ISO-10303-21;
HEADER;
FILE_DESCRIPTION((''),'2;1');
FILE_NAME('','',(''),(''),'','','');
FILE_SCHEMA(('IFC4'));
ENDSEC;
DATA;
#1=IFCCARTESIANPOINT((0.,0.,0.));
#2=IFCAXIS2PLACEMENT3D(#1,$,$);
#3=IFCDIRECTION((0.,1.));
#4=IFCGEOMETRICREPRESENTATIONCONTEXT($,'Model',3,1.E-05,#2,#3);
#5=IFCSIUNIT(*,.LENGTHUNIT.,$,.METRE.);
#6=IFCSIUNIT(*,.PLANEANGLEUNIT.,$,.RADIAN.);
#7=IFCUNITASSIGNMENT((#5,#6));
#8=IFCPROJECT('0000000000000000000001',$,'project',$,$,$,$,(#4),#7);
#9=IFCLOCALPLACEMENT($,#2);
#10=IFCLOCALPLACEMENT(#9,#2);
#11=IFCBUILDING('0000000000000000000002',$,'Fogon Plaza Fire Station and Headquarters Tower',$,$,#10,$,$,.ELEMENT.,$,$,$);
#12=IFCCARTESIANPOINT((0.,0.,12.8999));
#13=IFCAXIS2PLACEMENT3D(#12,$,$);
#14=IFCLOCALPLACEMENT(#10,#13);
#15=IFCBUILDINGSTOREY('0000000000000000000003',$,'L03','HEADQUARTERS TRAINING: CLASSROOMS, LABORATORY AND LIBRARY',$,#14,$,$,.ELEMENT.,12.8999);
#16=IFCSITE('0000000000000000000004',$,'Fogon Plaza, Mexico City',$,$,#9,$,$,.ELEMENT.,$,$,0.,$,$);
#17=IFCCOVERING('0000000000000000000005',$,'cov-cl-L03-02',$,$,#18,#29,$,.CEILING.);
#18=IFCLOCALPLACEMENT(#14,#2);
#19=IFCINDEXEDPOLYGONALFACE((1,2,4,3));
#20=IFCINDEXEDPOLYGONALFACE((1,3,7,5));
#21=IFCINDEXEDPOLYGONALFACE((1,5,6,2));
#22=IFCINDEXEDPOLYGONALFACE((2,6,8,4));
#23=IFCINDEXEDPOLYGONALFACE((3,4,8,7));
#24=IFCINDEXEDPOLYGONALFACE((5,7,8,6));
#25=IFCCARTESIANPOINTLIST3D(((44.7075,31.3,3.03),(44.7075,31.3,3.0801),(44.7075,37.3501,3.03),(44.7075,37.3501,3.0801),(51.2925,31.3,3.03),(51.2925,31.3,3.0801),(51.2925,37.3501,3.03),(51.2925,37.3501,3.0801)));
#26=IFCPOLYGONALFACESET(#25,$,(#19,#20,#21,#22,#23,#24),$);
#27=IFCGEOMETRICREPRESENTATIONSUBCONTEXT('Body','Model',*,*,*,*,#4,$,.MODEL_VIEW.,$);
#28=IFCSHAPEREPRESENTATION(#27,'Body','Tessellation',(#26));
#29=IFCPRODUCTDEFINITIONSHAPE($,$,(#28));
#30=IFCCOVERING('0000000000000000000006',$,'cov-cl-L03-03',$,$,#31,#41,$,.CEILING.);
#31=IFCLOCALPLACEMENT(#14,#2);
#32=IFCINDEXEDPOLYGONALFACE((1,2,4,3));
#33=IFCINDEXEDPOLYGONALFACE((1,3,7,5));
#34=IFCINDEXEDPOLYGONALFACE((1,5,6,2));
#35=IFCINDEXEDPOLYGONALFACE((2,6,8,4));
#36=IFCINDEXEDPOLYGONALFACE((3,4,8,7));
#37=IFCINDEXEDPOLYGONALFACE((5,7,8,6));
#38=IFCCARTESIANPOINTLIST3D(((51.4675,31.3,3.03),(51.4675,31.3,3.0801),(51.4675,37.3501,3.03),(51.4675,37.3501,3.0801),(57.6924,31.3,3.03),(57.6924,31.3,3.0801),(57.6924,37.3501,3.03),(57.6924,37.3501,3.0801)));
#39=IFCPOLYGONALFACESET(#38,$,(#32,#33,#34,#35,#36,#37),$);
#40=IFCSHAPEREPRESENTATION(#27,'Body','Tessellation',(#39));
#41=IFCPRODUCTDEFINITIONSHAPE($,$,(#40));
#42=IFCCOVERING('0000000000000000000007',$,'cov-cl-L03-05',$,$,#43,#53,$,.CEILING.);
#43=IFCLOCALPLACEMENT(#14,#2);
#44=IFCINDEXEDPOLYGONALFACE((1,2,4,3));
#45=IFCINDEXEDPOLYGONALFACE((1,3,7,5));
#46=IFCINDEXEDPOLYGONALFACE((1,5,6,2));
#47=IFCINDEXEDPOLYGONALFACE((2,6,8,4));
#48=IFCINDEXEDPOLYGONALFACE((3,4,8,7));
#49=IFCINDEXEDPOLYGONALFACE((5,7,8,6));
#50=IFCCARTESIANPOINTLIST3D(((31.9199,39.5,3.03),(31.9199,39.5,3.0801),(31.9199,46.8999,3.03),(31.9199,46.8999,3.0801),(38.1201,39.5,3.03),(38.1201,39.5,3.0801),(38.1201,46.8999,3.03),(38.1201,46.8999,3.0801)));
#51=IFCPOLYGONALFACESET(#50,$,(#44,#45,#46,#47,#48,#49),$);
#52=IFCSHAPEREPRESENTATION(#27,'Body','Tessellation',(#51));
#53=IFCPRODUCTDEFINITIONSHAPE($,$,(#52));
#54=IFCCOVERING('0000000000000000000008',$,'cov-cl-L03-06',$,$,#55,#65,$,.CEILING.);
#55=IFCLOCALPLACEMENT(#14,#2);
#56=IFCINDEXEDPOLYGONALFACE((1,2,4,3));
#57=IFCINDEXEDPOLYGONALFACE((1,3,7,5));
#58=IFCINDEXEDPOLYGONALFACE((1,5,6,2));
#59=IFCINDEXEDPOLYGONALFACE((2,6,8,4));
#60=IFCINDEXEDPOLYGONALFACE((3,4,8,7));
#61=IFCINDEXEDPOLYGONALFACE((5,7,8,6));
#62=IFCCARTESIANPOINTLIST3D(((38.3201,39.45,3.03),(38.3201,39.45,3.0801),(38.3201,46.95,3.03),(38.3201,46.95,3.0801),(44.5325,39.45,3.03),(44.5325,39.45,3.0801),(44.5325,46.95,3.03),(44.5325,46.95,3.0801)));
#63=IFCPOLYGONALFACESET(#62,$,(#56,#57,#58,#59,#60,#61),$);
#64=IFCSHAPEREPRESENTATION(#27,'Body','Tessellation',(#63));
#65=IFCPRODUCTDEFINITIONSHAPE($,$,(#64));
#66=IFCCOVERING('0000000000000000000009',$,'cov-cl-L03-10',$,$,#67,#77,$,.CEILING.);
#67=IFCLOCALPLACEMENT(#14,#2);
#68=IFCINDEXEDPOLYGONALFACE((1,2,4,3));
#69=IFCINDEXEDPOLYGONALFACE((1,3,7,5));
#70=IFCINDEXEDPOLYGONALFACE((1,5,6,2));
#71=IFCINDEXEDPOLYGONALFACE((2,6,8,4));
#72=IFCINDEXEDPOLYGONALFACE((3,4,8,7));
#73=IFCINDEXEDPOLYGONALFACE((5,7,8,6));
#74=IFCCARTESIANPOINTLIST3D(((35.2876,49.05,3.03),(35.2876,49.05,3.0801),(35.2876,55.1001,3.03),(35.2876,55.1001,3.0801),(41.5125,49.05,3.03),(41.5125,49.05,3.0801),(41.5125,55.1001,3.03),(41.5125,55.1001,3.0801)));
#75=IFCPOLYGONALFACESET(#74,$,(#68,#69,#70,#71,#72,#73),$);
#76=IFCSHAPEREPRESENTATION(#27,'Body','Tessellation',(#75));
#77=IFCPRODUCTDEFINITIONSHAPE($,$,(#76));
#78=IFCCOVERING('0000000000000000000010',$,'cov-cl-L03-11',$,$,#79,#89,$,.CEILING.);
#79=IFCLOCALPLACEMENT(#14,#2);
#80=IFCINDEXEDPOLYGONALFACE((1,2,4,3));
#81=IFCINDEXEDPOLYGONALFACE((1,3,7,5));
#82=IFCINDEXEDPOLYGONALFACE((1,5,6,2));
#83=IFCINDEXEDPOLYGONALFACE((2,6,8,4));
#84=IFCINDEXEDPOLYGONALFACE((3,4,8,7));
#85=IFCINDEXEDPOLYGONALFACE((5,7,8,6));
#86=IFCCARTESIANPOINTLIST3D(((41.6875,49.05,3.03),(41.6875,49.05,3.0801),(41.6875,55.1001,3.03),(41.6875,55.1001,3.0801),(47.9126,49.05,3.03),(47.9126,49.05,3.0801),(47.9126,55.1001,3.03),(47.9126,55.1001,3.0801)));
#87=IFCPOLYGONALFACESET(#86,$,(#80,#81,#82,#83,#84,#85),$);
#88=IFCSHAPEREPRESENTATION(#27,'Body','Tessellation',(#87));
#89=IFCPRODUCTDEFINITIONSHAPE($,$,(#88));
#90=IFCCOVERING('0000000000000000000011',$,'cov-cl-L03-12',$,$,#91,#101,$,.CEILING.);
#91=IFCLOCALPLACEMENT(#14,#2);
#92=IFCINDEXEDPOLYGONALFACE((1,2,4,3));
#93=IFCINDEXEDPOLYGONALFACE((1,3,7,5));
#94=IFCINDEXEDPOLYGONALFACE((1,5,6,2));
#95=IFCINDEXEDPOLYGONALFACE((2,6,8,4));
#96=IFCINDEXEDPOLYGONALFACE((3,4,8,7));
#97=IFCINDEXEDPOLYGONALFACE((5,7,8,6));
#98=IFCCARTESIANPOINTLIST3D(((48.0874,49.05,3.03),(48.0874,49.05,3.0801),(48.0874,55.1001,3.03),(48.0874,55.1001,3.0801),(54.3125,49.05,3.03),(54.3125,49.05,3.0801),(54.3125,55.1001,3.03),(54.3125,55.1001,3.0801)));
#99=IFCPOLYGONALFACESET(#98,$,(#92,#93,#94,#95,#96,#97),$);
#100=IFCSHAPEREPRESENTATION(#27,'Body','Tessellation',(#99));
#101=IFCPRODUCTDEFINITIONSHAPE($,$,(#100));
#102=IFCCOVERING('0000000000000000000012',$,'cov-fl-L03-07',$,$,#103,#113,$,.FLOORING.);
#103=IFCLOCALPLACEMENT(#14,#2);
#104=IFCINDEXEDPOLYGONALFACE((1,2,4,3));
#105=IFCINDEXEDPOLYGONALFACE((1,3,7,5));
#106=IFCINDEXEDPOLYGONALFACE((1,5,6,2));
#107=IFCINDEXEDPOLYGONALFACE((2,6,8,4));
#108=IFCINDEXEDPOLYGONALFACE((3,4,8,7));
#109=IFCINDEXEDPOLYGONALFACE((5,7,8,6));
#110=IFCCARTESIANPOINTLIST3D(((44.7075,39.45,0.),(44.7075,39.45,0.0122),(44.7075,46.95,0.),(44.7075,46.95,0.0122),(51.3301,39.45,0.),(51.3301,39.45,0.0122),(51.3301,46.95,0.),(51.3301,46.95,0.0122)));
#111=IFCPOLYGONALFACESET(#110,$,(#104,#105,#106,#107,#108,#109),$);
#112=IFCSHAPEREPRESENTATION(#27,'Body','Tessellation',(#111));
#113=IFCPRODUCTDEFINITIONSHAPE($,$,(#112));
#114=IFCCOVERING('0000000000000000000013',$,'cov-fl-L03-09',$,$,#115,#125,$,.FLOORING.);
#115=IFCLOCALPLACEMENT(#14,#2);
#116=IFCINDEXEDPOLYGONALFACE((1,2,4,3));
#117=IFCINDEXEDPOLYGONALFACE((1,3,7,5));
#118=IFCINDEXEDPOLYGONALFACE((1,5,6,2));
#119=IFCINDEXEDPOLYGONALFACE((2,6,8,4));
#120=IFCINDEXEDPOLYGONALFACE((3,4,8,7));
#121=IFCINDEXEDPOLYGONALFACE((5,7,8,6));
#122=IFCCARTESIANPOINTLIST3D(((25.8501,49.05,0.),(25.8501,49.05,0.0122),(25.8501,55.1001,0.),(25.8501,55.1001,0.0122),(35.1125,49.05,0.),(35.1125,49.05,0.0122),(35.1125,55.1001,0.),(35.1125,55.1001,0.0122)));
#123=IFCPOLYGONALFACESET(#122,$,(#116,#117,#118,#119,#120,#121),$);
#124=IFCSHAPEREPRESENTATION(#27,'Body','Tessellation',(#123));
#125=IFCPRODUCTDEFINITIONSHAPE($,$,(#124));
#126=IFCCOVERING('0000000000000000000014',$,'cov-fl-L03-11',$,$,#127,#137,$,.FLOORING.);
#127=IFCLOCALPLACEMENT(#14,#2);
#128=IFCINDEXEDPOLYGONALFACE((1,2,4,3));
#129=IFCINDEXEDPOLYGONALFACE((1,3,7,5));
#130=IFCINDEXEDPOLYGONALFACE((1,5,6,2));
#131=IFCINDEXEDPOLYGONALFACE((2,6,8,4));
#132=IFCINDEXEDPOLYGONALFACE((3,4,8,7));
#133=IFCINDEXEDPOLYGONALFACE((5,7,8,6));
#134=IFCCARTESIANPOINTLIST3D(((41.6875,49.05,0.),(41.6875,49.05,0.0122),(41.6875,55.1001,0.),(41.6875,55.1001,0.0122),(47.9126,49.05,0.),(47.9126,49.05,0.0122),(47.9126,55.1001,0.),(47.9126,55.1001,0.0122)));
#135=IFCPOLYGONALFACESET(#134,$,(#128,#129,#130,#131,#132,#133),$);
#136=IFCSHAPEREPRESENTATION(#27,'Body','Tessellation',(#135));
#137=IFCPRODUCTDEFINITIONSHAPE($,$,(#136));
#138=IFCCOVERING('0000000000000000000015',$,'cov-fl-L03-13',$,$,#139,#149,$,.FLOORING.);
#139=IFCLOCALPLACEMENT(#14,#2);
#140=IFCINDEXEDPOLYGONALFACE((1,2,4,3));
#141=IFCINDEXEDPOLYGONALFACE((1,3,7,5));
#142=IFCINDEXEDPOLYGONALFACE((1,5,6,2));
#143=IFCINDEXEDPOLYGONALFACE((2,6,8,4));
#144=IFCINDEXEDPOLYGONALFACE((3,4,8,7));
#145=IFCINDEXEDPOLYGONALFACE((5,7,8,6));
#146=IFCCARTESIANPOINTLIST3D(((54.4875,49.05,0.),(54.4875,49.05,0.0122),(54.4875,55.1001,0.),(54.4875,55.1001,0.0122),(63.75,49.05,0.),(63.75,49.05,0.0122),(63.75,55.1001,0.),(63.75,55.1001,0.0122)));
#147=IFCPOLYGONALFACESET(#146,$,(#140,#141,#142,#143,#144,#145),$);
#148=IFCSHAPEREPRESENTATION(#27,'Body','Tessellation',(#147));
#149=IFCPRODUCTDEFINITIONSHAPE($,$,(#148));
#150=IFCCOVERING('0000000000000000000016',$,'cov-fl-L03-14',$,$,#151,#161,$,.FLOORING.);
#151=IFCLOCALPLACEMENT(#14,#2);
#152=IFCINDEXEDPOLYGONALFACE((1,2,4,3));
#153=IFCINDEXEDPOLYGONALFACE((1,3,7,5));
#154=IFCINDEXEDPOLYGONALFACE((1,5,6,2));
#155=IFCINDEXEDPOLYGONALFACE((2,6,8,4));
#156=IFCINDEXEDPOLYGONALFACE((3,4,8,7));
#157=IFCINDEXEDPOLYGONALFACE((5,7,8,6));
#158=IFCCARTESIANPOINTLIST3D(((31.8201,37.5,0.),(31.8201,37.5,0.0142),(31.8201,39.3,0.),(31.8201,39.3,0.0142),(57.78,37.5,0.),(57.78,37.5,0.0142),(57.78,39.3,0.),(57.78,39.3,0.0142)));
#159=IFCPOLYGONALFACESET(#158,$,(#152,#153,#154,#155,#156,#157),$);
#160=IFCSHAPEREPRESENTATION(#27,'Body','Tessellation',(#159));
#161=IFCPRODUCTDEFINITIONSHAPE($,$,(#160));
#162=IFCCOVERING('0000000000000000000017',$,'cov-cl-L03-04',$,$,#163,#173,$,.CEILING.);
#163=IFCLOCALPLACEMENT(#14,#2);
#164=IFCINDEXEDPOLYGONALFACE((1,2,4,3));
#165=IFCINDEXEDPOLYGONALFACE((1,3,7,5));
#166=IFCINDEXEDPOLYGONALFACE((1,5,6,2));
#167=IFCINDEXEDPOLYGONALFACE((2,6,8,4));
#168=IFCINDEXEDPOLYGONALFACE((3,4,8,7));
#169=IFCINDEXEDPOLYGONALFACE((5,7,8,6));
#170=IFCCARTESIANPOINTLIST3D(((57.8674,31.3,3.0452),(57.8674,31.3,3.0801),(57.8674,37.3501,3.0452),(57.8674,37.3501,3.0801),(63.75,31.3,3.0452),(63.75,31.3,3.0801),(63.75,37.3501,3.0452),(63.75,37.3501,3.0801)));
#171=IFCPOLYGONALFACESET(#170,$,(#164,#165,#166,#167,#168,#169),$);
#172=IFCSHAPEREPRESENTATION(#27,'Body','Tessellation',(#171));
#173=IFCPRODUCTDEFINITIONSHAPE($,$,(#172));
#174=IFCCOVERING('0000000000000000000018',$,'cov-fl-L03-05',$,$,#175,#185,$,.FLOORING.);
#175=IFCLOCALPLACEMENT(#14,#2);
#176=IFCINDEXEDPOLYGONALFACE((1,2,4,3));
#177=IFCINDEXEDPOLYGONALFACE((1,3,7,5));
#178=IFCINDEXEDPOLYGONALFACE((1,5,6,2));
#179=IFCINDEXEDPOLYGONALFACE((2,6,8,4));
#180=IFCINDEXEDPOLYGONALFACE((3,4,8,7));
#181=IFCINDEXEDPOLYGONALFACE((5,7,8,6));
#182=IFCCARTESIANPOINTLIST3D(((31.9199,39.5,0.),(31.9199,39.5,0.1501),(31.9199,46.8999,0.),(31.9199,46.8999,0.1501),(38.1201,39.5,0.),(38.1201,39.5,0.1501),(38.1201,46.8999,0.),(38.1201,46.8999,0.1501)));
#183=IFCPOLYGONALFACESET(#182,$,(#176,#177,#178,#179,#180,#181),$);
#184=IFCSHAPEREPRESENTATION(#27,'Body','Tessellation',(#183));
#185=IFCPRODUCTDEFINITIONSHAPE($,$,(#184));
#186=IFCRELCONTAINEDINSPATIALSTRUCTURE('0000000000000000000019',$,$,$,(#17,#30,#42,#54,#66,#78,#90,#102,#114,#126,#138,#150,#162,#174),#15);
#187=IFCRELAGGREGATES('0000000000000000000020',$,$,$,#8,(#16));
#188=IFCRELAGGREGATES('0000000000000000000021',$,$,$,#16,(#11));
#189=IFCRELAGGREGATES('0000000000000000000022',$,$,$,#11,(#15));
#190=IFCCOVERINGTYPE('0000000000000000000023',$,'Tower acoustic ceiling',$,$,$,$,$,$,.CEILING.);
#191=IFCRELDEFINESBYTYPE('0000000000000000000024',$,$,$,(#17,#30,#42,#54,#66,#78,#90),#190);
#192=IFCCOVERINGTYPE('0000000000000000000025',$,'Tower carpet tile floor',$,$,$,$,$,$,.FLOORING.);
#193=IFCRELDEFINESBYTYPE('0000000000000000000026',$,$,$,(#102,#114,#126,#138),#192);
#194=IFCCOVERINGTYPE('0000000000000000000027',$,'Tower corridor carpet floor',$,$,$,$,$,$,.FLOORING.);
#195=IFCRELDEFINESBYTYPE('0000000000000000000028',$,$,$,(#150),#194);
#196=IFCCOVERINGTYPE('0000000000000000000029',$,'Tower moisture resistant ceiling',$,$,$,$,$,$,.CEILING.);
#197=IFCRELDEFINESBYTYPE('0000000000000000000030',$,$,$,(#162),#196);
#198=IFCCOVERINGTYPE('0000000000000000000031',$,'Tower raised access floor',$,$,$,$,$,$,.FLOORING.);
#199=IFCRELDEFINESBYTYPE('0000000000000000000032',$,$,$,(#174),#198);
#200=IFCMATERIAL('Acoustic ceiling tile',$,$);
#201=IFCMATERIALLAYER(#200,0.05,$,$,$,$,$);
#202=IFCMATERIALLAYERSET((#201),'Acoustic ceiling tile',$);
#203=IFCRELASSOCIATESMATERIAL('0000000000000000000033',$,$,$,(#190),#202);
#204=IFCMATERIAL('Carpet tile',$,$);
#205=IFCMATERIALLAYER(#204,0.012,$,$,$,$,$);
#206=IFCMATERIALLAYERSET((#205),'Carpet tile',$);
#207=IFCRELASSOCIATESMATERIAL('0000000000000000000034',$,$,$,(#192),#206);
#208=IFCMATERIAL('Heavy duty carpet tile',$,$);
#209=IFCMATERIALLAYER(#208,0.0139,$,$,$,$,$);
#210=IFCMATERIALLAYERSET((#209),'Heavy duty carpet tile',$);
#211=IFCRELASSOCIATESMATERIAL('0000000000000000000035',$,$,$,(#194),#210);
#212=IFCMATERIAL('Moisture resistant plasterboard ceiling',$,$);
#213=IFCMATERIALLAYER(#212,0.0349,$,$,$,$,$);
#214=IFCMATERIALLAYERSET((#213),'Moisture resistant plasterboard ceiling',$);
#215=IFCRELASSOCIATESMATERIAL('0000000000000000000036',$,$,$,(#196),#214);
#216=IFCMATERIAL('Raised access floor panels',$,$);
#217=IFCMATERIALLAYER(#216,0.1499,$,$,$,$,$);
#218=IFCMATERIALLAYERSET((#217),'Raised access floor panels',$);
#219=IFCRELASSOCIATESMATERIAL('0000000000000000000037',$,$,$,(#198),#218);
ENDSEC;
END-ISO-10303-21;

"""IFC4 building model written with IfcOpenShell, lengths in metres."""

from ifc_helpers import new_model, si_unit, direction, frame, origin, place, context, subcontext, project, spatial, polyline, outline, extrude, material, layer, layer_set, type_object, element, save


model = new_model("IFC4")

# Units and contexts
model_context = context("Model", 3, precision=1e-05, world=origin(), true_north=direction((0.0, 1.0)))
body_context = subcontext(model_context, "Body", "Model", "MODEL_VIEW")
ifc_project = project(units=[si_unit("LENGTHUNIT", "METRE"), si_unit("PLANEANGLEUNIT", "RADIAN")], contexts=[model_context])

# Site, building, storey
site_placement = place(None, origin())
site = spatial("IfcSite", under=ifc_project, at=site_placement, Name="Fogon Plaza, Mexico City", CompositionType="ELEMENT", RefElevation=0.0)
building_placement = place(site_placement, origin())
building = spatial("IfcBuilding", under=site, at=building_placement, Name="Fogon Plaza Fire Station and Headquarters Tower", CompositionType="ELEMENT")
storey_placement = place(building_placement, frame((0.0, 0.0, 12.8999)))
storey = spatial("IfcBuildingStorey", under=building, at=storey_placement, Name="L03", Description="HEADQUARTERS TRAINING: CLASSROOMS, LABORATORY AND LIBRARY", CompositionType="ELEMENT", Elevation=12.8999)

# Coverings
ifc_material_1 = material(Name="Acoustic ceiling tile")
ifc_layer_1 = layer(ifc_material_1, 0.05)
ifc_layer_set_1 = layer_set([ifc_layer_1], Name="Acoustic ceiling tile")
covering_type_1 = type_object("IfcCoveringType", Name="Tower acoustic ceiling", PredefinedType="CEILING", material=ifc_layer_set_1)
covering_1_placement = place(storey_placement, frame((0.0, 0.0, 3.03)))
element("IfcCovering", 1, at=covering_1_placement, inside=storey, type_object=covering_type_1, Name="cov-cl-L03-02", PredefinedType="CEILING", context=body_context, shape_type="SweptSolid", body=[
    extrude(outline(polyline([(51.2925, 31.3), (51.2925, 37.3501), (44.7075, 37.3501), (44.7075, 31.3), (51.2925, 31.3)])), origin(), (0.0, 0.0, 1.0), 0.05),
])
covering_2_placement = place(storey_placement, frame((0.0, 0.0, 3.03)))
element("IfcCovering", 2, at=covering_2_placement, inside=storey, type_object=covering_type_1, Name="cov-cl-L03-03", PredefinedType="CEILING", context=body_context, shape_type="SweptSolid", body=[
    extrude(outline(polyline([(57.6924, 31.3), (57.6924, 37.3501), (51.4675, 37.3501), (51.4675, 31.3), (57.6924, 31.3)])), origin(), (0.0, 0.0, 1.0), 0.05),
])
covering_3_placement = place(storey_placement, frame((0.0, 0.0, 3.03)))
element("IfcCovering", 3, at=covering_3_placement, inside=storey, type_object=covering_type_1, Name="cov-cl-L03-05", PredefinedType="CEILING", context=body_context, shape_type="SweptSolid", body=[
    extrude(outline(polyline([(38.1201, 39.5), (38.1201, 46.8999), (31.9199, 46.8999), (31.9199, 39.5), (38.1201, 39.5)])), origin(), (0.0, 0.0, 1.0), 0.05),
])
covering_4_placement = place(storey_placement, frame((0.0, 0.0, 3.03)))
element("IfcCovering", 4, at=covering_4_placement, inside=storey, type_object=covering_type_1, Name="cov-cl-L03-06", PredefinedType="CEILING", context=body_context, shape_type="SweptSolid", body=[
    extrude(outline(polyline([(44.5325, 39.45), (44.5325, 46.95), (38.3201, 46.95), (38.3201, 39.45), (44.5325, 39.45)])), origin(), (0.0, 0.0, 1.0), 0.05),
])
covering_5_placement = place(storey_placement, frame((0.0, 0.0, 3.03)))
element("IfcCovering", 5, at=covering_5_placement, inside=storey, type_object=covering_type_1, Name="cov-cl-L03-10", PredefinedType="CEILING", context=body_context, shape_type="SweptSolid", body=[
    extrude(outline(polyline([(41.5125, 49.05), (41.5125, 55.1001), (35.2876, 55.1001), (35.2876, 49.05), (41.5125, 49.05)])), origin(), (0.0, 0.0, 1.0), 0.05),
])
covering_6_placement = place(storey_placement, frame((0.0, 0.0, 3.03)))
element("IfcCovering", 6, at=covering_6_placement, inside=storey, type_object=covering_type_1, Name="cov-cl-L03-11", PredefinedType="CEILING", context=body_context, shape_type="SweptSolid", body=[
    extrude(outline(polyline([(47.9126, 49.05), (47.9126, 55.1001), (41.6875, 55.1001), (41.6875, 49.05), (47.9126, 49.05)])), origin(), (0.0, 0.0, 1.0), 0.05),
])
covering_7_placement = place(storey_placement, frame((0.0, 0.0, 3.03)))
element("IfcCovering", 7, at=covering_7_placement, inside=storey, type_object=covering_type_1, Name="cov-cl-L03-12", PredefinedType="CEILING", context=body_context, shape_type="SweptSolid", body=[
    extrude(outline(polyline([(54.3125, 49.05), (54.3125, 55.1001), (48.0874, 55.1001), (48.0874, 49.05), (54.3125, 49.05)])), origin(), (0.0, 0.0, 1.0), 0.05),
])
ifc_material_2 = material(Name="Carpet tile")
ifc_layer_2 = layer(ifc_material_2, 0.012)
ifc_layer_set_2 = layer_set([ifc_layer_2], Name="Carpet tile")
covering_type_2 = type_object("IfcCoveringType", Name="Tower carpet tile floor", PredefinedType="FLOORING", material=ifc_layer_set_2)
covering_8_placement = place(storey_placement, origin())
element("IfcCovering", 8, at=covering_8_placement, inside=storey, type_object=covering_type_2, Name="cov-fl-L03-07", PredefinedType="FLOORING", context=body_context, shape_type="SweptSolid", body=[
    extrude(outline(polyline([(51.3301, 39.45), (51.3301, 46.95), (44.7075, 46.95), (44.7075, 39.45), (51.3301, 39.45)])), origin(), (0.0, 0.0, 1.0), 0.0122),
])
covering_9_placement = place(storey_placement, origin())
element("IfcCovering", 9, at=covering_9_placement, inside=storey, type_object=covering_type_2, Name="cov-fl-L03-09", PredefinedType="FLOORING", context=body_context, shape_type="SweptSolid", body=[
    extrude(outline(polyline([(35.1125, 49.05), (35.1125, 55.1001), (25.8501, 55.1001), (25.8501, 49.05), (35.1125, 49.05)])), origin(), (0.0, 0.0, 1.0), 0.0122),
])
covering_10_placement = place(storey_placement, origin())
element("IfcCovering", 10, at=covering_10_placement, inside=storey, type_object=covering_type_2, Name="cov-fl-L03-11", PredefinedType="FLOORING", context=body_context, shape_type="SweptSolid", body=[
    extrude(outline(polyline([(47.9126, 49.05), (47.9126, 55.1001), (41.6875, 55.1001), (41.6875, 49.05), (47.9126, 49.05)])), origin(), (0.0, 0.0, 1.0), 0.0122),
])
covering_11_placement = place(storey_placement, origin())
element("IfcCovering", 11, at=covering_11_placement, inside=storey, type_object=covering_type_2, Name="cov-fl-L03-13", PredefinedType="FLOORING", context=body_context, shape_type="SweptSolid", body=[
    extrude(outline(polyline([(63.75, 49.05), (63.75, 55.1001), (54.4875, 55.1001), (54.4875, 49.05), (63.75, 49.05)])), origin(), (0.0, 0.0, 1.0), 0.0122),
])
ifc_material_3 = material(Name="Heavy duty carpet tile")
ifc_layer_3 = layer(ifc_material_3, 0.0139)
ifc_layer_set_3 = layer_set([ifc_layer_3], Name="Heavy duty carpet tile")
covering_type_3 = type_object("IfcCoveringType", Name="Tower corridor carpet floor", PredefinedType="FLOORING", material=ifc_layer_set_3)
covering_12_placement = place(storey_placement, origin())
element("IfcCovering", 12, at=covering_12_placement, inside=storey, type_object=covering_type_3, Name="cov-fl-L03-14", PredefinedType="FLOORING", context=body_context, shape_type="SweptSolid", body=[
    extrude(outline(polyline([(57.78, 37.5), (57.78, 39.3), (31.8201, 39.3), (31.8201, 37.5), (57.78, 37.5)])), origin(), (0.0, 0.0, 1.0), 0.0142),
])
ifc_material_4 = material(Name="Moisture resistant plasterboard ceiling")
ifc_layer_4 = layer(ifc_material_4, 0.0349)
ifc_layer_set_4 = layer_set([ifc_layer_4], Name="Moisture resistant plasterboard ceiling")
covering_type_4 = type_object("IfcCoveringType", Name="Tower moisture resistant ceiling", PredefinedType="CEILING", material=ifc_layer_set_4)
covering_13_placement = place(storey_placement, frame((0.0, 0.0, 3.0452)))
element("IfcCovering", 13, at=covering_13_placement, inside=storey, type_object=covering_type_4, Name="cov-cl-L03-04", PredefinedType="CEILING", context=body_context, shape_type="SweptSolid", body=[
    extrude(outline(polyline([(63.75, 31.3), (63.75, 37.3501), (57.8674, 37.3501), (57.8674, 31.3), (63.75, 31.3)])), origin(), (0.0, 0.0, 1.0), 0.0349),
])
ifc_material_5 = material(Name="Raised access floor panels")
ifc_layer_5 = layer(ifc_material_5, 0.1499)
ifc_layer_set_5 = layer_set([ifc_layer_5], Name="Raised access floor panels")
covering_type_5 = type_object("IfcCoveringType", Name="Tower raised access floor", PredefinedType="FLOORING", material=ifc_layer_set_5)
covering_14_placement = place(storey_placement, origin())
element("IfcCovering", 14, at=covering_14_placement, inside=storey, type_object=covering_type_5, Name="cov-fl-L03-05", PredefinedType="FLOORING", context=body_context, shape_type="SweptSolid", body=[
    extrude(outline(polyline([(38.1201, 39.5), (38.1201, 46.8999), (31.9199, 46.8999), (31.9199, 39.5), (38.1201, 39.5)])), origin(), (0.0, 0.0, 1.0), 0.1501),
])

save(model, "model.ifc")
